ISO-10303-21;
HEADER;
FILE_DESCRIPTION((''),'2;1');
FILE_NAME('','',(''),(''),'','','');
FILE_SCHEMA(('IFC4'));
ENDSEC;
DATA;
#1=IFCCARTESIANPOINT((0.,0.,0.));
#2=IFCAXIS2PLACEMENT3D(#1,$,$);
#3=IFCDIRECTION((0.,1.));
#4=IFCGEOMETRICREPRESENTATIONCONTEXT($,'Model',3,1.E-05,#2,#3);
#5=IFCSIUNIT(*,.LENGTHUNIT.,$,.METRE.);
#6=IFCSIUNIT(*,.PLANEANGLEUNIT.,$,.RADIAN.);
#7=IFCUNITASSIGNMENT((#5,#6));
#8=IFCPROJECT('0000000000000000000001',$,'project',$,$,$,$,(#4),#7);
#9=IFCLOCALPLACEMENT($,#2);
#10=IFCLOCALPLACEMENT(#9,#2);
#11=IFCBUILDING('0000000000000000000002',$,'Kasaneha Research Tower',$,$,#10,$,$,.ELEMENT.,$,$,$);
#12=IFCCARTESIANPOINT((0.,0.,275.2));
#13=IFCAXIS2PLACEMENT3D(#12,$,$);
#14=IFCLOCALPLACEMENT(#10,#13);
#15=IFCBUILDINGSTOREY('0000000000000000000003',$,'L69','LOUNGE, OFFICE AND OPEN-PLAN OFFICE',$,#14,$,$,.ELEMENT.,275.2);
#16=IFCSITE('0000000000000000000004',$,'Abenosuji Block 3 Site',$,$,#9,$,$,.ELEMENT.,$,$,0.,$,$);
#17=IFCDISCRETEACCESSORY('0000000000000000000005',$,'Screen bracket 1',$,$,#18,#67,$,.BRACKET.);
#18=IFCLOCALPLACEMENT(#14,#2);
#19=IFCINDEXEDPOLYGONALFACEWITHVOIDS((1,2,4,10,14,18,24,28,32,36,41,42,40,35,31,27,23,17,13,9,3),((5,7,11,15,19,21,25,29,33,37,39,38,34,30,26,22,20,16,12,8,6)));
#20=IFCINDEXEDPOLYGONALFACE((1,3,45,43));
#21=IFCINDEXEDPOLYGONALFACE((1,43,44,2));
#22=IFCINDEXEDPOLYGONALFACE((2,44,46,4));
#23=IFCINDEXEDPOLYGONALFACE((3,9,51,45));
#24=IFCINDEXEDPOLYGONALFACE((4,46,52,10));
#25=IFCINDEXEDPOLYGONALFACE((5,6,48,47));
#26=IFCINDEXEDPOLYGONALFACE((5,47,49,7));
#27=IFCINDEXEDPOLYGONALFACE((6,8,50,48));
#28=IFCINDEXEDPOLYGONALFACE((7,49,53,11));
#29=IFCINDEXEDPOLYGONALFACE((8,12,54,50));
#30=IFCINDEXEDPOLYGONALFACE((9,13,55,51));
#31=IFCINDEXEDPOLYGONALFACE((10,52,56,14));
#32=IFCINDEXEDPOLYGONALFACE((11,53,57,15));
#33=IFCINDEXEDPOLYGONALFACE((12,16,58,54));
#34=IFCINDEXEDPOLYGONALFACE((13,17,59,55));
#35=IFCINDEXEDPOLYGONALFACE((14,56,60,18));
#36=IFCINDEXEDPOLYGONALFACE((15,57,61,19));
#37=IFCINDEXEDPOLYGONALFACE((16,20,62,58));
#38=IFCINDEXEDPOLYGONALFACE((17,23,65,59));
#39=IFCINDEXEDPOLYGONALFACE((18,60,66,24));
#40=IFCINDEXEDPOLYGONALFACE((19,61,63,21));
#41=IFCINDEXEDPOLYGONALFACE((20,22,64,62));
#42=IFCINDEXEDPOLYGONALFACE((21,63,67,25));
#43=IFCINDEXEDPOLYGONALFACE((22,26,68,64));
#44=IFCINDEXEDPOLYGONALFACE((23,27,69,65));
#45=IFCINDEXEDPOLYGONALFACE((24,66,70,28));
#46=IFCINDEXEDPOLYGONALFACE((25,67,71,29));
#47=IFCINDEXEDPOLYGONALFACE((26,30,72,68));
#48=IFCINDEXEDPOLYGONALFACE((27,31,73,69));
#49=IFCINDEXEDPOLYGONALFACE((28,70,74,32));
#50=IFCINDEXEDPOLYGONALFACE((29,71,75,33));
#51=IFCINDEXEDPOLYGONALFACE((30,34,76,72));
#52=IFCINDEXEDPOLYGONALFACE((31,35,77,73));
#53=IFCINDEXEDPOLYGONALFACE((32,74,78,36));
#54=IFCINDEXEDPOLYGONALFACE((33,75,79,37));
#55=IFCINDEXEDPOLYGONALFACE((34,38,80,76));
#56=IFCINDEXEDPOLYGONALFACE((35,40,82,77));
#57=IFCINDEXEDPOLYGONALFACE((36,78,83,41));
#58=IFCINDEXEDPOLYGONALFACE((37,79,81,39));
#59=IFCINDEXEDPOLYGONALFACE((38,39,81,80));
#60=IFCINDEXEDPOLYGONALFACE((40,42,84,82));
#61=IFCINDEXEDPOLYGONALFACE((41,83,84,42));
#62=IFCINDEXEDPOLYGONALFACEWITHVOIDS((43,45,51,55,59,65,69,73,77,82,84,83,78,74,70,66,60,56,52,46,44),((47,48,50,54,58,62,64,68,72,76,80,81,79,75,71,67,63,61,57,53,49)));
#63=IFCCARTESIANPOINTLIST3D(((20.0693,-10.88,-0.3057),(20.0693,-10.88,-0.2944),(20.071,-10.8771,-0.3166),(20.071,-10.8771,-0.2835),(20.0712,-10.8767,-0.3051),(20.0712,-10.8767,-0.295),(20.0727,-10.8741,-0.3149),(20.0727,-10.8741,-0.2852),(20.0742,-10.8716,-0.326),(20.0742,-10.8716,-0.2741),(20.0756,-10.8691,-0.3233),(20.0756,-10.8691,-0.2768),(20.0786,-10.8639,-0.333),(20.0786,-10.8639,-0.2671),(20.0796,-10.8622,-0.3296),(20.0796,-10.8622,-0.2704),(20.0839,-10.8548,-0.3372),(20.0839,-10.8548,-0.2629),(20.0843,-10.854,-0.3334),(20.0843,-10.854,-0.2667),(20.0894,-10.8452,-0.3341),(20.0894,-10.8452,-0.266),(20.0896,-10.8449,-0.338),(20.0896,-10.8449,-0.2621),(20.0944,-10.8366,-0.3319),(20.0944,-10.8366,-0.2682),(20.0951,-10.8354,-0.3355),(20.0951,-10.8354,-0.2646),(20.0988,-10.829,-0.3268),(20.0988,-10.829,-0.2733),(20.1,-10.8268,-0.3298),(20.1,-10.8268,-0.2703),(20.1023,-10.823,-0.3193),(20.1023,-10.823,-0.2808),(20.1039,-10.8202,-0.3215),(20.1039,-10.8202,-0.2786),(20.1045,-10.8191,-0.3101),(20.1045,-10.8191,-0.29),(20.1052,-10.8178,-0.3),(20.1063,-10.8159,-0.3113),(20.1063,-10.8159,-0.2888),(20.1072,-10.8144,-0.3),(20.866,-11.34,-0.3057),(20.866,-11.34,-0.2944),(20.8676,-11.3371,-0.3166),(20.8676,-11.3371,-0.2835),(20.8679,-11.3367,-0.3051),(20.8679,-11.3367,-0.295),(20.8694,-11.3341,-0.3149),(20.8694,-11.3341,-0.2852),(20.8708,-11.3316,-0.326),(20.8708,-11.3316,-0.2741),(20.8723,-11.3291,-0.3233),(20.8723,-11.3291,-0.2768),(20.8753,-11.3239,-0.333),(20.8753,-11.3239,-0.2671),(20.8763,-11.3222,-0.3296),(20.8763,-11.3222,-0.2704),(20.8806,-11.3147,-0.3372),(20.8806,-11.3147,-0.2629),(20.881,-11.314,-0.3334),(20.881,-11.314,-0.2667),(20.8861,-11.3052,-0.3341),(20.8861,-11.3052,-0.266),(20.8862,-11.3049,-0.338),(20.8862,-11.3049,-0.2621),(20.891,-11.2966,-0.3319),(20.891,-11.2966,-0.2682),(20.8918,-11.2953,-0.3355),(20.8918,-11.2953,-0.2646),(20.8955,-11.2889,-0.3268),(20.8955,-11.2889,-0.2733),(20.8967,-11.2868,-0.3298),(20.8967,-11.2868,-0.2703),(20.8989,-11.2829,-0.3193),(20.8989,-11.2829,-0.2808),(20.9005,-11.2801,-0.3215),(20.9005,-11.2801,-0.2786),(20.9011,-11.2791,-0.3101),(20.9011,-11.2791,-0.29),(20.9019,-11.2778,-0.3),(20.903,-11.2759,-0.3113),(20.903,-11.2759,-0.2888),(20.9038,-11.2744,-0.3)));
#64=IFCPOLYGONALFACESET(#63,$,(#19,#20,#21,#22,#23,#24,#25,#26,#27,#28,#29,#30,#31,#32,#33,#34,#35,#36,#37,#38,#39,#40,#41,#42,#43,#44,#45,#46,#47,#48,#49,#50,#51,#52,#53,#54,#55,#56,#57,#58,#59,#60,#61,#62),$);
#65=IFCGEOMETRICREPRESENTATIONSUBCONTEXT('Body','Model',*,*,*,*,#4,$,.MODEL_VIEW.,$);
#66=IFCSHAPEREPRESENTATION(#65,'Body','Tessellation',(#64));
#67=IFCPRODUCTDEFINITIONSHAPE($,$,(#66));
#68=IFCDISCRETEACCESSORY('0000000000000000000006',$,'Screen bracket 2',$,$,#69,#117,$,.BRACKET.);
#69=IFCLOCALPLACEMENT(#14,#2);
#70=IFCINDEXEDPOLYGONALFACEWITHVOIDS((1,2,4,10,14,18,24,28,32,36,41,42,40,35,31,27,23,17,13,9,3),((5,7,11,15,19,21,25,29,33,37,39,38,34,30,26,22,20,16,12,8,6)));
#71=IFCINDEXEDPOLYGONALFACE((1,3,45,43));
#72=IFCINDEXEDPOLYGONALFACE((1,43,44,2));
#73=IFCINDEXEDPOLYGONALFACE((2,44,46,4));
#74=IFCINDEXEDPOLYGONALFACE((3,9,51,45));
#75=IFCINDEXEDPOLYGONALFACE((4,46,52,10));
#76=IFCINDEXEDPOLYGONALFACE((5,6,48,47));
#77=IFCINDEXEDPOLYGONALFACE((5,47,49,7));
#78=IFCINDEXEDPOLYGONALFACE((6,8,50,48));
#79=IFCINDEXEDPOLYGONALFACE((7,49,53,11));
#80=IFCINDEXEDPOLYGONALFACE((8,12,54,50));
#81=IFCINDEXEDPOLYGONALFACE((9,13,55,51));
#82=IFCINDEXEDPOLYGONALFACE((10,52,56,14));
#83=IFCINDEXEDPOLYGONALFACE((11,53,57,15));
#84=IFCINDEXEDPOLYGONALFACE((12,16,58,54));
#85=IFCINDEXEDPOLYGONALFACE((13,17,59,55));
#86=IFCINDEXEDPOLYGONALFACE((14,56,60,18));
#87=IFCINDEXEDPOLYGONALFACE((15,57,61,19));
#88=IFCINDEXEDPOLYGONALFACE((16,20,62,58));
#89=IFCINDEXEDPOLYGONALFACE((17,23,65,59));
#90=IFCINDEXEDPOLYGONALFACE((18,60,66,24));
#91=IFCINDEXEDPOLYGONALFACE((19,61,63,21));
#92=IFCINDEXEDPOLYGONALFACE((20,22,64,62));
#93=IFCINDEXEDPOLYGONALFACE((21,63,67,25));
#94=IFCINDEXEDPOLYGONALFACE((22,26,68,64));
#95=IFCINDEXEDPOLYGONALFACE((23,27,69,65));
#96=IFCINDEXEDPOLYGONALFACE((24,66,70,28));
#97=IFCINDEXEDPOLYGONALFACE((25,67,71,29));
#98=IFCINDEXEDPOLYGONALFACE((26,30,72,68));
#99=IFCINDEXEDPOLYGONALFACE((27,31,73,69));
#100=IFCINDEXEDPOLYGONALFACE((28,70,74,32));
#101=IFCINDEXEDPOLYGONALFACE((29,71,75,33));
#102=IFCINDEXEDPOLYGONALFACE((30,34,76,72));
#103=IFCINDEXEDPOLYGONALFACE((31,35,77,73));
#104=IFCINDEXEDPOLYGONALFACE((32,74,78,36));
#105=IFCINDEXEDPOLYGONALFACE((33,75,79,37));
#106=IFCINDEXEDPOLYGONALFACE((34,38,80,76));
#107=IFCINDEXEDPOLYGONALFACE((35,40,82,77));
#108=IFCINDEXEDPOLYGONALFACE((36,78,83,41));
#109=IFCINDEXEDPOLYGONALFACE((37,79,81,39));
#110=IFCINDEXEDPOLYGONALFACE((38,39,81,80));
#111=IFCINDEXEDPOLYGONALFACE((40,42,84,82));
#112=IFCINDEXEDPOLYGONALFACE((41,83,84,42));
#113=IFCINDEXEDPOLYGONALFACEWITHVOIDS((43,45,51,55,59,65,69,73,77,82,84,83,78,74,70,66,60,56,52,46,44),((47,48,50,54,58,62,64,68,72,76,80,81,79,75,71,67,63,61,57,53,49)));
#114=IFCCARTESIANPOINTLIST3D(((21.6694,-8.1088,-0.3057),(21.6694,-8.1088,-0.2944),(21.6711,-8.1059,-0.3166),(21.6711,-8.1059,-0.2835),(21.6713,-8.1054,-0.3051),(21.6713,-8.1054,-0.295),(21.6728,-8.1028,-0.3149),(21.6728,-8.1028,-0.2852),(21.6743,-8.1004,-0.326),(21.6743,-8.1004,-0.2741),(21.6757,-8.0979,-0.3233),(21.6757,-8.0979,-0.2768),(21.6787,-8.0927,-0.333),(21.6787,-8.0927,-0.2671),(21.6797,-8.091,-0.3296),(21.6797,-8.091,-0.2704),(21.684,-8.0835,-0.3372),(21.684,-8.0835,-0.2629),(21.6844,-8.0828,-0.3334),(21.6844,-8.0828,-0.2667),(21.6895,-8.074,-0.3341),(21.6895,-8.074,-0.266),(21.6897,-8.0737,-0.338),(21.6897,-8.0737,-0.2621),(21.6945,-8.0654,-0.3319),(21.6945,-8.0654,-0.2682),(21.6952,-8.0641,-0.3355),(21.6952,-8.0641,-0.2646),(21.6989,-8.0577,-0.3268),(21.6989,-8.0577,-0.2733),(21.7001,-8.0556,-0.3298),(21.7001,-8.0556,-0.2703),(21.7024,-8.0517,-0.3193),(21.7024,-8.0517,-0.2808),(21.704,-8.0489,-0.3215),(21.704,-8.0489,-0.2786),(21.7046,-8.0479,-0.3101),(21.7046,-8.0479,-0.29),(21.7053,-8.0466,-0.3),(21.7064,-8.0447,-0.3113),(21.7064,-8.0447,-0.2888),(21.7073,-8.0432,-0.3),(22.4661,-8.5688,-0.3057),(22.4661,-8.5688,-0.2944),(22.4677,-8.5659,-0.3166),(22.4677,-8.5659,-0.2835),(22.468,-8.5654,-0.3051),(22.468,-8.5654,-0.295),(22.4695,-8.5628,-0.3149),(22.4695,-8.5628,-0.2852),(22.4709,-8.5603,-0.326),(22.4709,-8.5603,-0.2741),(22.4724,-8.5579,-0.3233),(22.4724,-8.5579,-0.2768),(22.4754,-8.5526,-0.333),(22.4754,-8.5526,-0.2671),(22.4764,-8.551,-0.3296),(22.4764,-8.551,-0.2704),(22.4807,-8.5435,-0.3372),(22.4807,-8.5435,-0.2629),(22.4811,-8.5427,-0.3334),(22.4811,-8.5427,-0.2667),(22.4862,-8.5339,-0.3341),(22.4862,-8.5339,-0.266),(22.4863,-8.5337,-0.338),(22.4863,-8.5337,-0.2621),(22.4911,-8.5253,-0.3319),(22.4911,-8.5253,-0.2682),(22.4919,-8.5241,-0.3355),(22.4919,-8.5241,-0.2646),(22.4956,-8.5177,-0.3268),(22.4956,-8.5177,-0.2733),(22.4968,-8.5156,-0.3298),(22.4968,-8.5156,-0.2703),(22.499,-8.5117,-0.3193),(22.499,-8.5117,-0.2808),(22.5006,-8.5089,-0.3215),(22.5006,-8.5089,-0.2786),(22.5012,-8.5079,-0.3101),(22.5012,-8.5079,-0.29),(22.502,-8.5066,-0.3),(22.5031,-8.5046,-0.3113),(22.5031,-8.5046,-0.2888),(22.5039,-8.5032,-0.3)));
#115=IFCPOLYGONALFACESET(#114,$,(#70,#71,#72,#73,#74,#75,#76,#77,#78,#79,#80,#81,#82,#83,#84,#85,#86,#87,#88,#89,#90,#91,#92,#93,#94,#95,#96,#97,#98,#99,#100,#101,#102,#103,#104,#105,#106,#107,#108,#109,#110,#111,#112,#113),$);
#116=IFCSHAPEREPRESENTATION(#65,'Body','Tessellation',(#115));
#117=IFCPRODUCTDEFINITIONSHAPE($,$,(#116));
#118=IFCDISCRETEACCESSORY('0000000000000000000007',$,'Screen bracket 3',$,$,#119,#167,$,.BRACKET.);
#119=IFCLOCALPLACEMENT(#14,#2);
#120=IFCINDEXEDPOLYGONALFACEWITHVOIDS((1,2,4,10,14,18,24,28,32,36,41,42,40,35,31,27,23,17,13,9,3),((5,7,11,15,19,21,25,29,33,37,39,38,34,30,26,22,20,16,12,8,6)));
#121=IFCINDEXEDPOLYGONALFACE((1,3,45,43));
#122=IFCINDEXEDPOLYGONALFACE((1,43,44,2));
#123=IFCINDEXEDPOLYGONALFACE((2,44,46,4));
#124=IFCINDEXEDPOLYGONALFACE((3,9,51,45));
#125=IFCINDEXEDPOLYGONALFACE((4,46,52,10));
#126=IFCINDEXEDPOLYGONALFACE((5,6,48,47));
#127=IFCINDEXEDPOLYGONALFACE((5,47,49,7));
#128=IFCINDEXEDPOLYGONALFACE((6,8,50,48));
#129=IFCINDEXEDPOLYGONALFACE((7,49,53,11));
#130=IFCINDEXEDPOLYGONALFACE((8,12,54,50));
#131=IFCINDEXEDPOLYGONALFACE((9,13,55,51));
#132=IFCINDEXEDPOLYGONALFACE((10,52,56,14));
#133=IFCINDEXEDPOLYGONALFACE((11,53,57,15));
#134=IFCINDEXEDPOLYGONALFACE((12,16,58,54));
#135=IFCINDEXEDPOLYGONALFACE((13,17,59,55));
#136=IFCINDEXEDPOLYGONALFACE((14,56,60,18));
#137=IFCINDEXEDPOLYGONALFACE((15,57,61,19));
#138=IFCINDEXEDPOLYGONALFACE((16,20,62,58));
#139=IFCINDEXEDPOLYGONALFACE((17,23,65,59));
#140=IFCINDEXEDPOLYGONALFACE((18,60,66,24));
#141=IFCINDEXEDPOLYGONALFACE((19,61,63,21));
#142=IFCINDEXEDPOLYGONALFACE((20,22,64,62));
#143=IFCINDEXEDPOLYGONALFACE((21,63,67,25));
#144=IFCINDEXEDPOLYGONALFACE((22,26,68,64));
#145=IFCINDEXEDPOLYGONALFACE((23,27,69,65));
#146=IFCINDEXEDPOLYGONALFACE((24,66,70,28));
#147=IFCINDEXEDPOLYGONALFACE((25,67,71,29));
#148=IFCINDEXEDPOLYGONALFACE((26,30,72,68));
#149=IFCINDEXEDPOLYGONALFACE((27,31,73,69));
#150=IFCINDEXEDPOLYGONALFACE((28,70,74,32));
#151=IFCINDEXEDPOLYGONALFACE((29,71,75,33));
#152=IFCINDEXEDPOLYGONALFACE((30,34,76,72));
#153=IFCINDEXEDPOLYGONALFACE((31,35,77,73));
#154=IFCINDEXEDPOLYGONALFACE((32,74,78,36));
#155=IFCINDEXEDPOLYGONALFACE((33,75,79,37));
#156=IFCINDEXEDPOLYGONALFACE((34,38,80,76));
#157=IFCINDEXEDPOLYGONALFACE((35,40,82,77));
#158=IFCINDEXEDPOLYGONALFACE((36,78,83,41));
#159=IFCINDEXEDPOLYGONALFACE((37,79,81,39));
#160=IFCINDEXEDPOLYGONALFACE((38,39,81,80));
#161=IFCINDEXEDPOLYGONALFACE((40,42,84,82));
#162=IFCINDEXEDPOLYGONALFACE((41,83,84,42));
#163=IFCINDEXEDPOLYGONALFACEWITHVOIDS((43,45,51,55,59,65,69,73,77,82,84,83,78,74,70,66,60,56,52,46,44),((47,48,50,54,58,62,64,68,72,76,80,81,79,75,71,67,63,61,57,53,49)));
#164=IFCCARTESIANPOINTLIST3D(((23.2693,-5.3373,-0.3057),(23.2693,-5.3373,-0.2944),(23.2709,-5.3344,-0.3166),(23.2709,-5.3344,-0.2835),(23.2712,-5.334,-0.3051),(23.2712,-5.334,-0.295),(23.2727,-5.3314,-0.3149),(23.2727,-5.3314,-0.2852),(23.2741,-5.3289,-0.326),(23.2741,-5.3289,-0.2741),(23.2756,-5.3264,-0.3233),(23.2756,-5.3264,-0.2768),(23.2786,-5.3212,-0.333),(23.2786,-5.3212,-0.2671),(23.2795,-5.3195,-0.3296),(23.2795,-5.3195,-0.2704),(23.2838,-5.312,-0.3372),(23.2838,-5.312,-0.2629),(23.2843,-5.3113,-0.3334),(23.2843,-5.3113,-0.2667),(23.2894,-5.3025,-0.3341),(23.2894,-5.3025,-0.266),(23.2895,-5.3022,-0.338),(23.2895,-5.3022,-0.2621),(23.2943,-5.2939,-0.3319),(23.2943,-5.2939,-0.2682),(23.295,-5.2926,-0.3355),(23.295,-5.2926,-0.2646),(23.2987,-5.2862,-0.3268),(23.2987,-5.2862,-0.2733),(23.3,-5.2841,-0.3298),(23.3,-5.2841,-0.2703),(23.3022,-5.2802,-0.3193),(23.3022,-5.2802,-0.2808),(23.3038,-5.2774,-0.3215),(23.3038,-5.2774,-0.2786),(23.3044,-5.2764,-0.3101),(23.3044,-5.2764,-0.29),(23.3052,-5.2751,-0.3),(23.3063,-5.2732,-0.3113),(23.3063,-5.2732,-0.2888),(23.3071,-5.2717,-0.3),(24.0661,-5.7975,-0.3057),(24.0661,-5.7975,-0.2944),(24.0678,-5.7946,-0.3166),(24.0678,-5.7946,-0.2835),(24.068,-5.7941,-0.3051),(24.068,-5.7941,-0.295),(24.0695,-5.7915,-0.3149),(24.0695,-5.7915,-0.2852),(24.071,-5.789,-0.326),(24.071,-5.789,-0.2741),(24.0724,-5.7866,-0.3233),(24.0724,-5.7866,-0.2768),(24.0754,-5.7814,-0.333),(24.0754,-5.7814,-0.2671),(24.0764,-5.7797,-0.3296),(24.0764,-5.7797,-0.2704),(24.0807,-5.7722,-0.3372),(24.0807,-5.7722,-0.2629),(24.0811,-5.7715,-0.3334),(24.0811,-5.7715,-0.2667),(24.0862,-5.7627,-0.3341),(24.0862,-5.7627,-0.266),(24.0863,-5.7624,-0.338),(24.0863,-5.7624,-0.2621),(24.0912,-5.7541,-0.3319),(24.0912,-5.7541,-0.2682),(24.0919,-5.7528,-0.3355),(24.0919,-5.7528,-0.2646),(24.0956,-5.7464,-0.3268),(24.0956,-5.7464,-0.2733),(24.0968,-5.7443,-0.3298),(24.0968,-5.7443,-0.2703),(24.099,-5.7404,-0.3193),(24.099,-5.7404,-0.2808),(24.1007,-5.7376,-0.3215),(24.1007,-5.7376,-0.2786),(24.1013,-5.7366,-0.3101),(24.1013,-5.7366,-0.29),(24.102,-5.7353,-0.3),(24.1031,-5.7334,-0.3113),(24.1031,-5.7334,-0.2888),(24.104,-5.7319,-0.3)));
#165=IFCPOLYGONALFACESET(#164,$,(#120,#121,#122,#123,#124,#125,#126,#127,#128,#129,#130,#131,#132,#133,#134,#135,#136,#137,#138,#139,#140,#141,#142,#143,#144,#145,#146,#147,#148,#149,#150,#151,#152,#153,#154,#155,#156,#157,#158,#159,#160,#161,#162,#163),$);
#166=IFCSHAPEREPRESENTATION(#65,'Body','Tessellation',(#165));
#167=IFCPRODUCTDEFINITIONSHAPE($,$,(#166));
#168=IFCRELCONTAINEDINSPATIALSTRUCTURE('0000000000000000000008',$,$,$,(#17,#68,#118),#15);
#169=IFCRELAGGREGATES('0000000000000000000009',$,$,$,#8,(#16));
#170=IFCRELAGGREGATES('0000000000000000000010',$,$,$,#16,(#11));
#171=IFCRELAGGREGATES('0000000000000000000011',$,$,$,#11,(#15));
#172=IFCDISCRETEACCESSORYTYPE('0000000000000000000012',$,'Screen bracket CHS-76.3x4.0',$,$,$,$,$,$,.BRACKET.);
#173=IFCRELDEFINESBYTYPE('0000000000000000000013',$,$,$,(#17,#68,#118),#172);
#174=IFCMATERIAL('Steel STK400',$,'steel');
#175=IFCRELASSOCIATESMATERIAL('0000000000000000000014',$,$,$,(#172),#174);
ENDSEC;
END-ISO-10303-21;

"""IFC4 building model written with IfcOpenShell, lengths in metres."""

from ifc_helpers import new_model, si_unit, direction, frame, origin, origin_2d, place, context, subcontext, project, spatial, hollow_circle, extrude, material, material_profile, profile_set, type_object, element, save


model = new_model("IFC4")

# Units and contexts
model_context = context("Model", 3, precision=1e-05, world=origin(), true_north=direction((0.0, 1.0)))
body_context = subcontext(model_context, "Body", "Model", "MODEL_VIEW")
ifc_project = project(units=[si_unit("LENGTHUNIT", "METRE"), si_unit("PLANEANGLEUNIT", "RADIAN")], contexts=[model_context])

# Site, building, storey
site_placement = place(None, origin())
site = spatial("IfcSite", under=ifc_project, at=site_placement, Name="Abenosuji Block 3 Site", CompositionType="ELEMENT", RefElevation=0.0)
building_placement = place(site_placement, origin())
building = spatial("IfcBuilding", under=site, at=building_placement, Name="Kasaneha Research Tower", CompositionType="ELEMENT")
storey_placement = place(building_placement, frame((0.0, 0.0, 275.2)))
storey = spatial("IfcBuildingStorey", under=building, at=storey_placement, Name="L69", Description="LOUNGE, OFFICE AND OPEN-PLAN OFFICE", CompositionType="ELEMENT", Elevation=275.2)

# Discrete accessories
ifc_material_1 = material(Name="Steel STK400", Category="steel")
ifc_material_profile_1 = material_profile(ifc_material_1, hollow_circle(Radius=0.0381, WallThickness=0.0039, at=origin_2d()), Name="CHS-76.3x4.0")
ifc_profile_set_1 = profile_set([ifc_material_profile_1], Name="Steel STK400")
discrete_accessory_type = type_object("IfcDiscreteAccessoryType", Name="Screen bracket CHS-76.3x4.0", PredefinedType="BRACKET", material=ifc_profile_set_1)
for number, where, z_axis, x_axis, name in (
    (1, (20.0881, -10.8474, -0.3), (0.866013, -0.500021, 0.0), (0.500021, 0.866013, 0.0), "Screen bracket 1"),
    (2, (21.6882, -8.0762, -0.3), (0.866013, -0.500021, 0.0), (0.500021, 0.866013, 0.0), "Screen bracket 2"),
):
    element("IfcDiscreteAccessory", number, at=place(storey_placement, frame(where, z_axis=z_axis, x_axis=x_axis)), inside=storey, type_object=discrete_accessory_type, Name=name, PredefinedType="BRACKET", context=body_context, shape_type="SweptSolid", body=[
        extrude(hollow_circle(Radius=0.0381, WallThickness=0.0039, at=origin_2d()), origin(), (0.0, 0.0, 1.0), 0.9199),
    ])
discrete_accessory_placement = place(storey_placement, frame((23.2881, -5.3047, -0.3), z_axis=(0.865965, -0.500105, 0.0), x_axis=(0.500105, 0.865965, 0.0)))
element("IfcDiscreteAccessory", 3, at=discrete_accessory_placement, inside=storey, type_object=discrete_accessory_type, Name="Screen bracket 3", PredefinedType="BRACKET", context=body_context, shape_type="SweptSolid", body=[
    extrude(hollow_circle(Radius=0.0381, WallThickness=0.0039, at=origin_2d()), origin(), (0.0, 0.0, 1.0), 0.9202),
])

save(model, "model.ifc")
